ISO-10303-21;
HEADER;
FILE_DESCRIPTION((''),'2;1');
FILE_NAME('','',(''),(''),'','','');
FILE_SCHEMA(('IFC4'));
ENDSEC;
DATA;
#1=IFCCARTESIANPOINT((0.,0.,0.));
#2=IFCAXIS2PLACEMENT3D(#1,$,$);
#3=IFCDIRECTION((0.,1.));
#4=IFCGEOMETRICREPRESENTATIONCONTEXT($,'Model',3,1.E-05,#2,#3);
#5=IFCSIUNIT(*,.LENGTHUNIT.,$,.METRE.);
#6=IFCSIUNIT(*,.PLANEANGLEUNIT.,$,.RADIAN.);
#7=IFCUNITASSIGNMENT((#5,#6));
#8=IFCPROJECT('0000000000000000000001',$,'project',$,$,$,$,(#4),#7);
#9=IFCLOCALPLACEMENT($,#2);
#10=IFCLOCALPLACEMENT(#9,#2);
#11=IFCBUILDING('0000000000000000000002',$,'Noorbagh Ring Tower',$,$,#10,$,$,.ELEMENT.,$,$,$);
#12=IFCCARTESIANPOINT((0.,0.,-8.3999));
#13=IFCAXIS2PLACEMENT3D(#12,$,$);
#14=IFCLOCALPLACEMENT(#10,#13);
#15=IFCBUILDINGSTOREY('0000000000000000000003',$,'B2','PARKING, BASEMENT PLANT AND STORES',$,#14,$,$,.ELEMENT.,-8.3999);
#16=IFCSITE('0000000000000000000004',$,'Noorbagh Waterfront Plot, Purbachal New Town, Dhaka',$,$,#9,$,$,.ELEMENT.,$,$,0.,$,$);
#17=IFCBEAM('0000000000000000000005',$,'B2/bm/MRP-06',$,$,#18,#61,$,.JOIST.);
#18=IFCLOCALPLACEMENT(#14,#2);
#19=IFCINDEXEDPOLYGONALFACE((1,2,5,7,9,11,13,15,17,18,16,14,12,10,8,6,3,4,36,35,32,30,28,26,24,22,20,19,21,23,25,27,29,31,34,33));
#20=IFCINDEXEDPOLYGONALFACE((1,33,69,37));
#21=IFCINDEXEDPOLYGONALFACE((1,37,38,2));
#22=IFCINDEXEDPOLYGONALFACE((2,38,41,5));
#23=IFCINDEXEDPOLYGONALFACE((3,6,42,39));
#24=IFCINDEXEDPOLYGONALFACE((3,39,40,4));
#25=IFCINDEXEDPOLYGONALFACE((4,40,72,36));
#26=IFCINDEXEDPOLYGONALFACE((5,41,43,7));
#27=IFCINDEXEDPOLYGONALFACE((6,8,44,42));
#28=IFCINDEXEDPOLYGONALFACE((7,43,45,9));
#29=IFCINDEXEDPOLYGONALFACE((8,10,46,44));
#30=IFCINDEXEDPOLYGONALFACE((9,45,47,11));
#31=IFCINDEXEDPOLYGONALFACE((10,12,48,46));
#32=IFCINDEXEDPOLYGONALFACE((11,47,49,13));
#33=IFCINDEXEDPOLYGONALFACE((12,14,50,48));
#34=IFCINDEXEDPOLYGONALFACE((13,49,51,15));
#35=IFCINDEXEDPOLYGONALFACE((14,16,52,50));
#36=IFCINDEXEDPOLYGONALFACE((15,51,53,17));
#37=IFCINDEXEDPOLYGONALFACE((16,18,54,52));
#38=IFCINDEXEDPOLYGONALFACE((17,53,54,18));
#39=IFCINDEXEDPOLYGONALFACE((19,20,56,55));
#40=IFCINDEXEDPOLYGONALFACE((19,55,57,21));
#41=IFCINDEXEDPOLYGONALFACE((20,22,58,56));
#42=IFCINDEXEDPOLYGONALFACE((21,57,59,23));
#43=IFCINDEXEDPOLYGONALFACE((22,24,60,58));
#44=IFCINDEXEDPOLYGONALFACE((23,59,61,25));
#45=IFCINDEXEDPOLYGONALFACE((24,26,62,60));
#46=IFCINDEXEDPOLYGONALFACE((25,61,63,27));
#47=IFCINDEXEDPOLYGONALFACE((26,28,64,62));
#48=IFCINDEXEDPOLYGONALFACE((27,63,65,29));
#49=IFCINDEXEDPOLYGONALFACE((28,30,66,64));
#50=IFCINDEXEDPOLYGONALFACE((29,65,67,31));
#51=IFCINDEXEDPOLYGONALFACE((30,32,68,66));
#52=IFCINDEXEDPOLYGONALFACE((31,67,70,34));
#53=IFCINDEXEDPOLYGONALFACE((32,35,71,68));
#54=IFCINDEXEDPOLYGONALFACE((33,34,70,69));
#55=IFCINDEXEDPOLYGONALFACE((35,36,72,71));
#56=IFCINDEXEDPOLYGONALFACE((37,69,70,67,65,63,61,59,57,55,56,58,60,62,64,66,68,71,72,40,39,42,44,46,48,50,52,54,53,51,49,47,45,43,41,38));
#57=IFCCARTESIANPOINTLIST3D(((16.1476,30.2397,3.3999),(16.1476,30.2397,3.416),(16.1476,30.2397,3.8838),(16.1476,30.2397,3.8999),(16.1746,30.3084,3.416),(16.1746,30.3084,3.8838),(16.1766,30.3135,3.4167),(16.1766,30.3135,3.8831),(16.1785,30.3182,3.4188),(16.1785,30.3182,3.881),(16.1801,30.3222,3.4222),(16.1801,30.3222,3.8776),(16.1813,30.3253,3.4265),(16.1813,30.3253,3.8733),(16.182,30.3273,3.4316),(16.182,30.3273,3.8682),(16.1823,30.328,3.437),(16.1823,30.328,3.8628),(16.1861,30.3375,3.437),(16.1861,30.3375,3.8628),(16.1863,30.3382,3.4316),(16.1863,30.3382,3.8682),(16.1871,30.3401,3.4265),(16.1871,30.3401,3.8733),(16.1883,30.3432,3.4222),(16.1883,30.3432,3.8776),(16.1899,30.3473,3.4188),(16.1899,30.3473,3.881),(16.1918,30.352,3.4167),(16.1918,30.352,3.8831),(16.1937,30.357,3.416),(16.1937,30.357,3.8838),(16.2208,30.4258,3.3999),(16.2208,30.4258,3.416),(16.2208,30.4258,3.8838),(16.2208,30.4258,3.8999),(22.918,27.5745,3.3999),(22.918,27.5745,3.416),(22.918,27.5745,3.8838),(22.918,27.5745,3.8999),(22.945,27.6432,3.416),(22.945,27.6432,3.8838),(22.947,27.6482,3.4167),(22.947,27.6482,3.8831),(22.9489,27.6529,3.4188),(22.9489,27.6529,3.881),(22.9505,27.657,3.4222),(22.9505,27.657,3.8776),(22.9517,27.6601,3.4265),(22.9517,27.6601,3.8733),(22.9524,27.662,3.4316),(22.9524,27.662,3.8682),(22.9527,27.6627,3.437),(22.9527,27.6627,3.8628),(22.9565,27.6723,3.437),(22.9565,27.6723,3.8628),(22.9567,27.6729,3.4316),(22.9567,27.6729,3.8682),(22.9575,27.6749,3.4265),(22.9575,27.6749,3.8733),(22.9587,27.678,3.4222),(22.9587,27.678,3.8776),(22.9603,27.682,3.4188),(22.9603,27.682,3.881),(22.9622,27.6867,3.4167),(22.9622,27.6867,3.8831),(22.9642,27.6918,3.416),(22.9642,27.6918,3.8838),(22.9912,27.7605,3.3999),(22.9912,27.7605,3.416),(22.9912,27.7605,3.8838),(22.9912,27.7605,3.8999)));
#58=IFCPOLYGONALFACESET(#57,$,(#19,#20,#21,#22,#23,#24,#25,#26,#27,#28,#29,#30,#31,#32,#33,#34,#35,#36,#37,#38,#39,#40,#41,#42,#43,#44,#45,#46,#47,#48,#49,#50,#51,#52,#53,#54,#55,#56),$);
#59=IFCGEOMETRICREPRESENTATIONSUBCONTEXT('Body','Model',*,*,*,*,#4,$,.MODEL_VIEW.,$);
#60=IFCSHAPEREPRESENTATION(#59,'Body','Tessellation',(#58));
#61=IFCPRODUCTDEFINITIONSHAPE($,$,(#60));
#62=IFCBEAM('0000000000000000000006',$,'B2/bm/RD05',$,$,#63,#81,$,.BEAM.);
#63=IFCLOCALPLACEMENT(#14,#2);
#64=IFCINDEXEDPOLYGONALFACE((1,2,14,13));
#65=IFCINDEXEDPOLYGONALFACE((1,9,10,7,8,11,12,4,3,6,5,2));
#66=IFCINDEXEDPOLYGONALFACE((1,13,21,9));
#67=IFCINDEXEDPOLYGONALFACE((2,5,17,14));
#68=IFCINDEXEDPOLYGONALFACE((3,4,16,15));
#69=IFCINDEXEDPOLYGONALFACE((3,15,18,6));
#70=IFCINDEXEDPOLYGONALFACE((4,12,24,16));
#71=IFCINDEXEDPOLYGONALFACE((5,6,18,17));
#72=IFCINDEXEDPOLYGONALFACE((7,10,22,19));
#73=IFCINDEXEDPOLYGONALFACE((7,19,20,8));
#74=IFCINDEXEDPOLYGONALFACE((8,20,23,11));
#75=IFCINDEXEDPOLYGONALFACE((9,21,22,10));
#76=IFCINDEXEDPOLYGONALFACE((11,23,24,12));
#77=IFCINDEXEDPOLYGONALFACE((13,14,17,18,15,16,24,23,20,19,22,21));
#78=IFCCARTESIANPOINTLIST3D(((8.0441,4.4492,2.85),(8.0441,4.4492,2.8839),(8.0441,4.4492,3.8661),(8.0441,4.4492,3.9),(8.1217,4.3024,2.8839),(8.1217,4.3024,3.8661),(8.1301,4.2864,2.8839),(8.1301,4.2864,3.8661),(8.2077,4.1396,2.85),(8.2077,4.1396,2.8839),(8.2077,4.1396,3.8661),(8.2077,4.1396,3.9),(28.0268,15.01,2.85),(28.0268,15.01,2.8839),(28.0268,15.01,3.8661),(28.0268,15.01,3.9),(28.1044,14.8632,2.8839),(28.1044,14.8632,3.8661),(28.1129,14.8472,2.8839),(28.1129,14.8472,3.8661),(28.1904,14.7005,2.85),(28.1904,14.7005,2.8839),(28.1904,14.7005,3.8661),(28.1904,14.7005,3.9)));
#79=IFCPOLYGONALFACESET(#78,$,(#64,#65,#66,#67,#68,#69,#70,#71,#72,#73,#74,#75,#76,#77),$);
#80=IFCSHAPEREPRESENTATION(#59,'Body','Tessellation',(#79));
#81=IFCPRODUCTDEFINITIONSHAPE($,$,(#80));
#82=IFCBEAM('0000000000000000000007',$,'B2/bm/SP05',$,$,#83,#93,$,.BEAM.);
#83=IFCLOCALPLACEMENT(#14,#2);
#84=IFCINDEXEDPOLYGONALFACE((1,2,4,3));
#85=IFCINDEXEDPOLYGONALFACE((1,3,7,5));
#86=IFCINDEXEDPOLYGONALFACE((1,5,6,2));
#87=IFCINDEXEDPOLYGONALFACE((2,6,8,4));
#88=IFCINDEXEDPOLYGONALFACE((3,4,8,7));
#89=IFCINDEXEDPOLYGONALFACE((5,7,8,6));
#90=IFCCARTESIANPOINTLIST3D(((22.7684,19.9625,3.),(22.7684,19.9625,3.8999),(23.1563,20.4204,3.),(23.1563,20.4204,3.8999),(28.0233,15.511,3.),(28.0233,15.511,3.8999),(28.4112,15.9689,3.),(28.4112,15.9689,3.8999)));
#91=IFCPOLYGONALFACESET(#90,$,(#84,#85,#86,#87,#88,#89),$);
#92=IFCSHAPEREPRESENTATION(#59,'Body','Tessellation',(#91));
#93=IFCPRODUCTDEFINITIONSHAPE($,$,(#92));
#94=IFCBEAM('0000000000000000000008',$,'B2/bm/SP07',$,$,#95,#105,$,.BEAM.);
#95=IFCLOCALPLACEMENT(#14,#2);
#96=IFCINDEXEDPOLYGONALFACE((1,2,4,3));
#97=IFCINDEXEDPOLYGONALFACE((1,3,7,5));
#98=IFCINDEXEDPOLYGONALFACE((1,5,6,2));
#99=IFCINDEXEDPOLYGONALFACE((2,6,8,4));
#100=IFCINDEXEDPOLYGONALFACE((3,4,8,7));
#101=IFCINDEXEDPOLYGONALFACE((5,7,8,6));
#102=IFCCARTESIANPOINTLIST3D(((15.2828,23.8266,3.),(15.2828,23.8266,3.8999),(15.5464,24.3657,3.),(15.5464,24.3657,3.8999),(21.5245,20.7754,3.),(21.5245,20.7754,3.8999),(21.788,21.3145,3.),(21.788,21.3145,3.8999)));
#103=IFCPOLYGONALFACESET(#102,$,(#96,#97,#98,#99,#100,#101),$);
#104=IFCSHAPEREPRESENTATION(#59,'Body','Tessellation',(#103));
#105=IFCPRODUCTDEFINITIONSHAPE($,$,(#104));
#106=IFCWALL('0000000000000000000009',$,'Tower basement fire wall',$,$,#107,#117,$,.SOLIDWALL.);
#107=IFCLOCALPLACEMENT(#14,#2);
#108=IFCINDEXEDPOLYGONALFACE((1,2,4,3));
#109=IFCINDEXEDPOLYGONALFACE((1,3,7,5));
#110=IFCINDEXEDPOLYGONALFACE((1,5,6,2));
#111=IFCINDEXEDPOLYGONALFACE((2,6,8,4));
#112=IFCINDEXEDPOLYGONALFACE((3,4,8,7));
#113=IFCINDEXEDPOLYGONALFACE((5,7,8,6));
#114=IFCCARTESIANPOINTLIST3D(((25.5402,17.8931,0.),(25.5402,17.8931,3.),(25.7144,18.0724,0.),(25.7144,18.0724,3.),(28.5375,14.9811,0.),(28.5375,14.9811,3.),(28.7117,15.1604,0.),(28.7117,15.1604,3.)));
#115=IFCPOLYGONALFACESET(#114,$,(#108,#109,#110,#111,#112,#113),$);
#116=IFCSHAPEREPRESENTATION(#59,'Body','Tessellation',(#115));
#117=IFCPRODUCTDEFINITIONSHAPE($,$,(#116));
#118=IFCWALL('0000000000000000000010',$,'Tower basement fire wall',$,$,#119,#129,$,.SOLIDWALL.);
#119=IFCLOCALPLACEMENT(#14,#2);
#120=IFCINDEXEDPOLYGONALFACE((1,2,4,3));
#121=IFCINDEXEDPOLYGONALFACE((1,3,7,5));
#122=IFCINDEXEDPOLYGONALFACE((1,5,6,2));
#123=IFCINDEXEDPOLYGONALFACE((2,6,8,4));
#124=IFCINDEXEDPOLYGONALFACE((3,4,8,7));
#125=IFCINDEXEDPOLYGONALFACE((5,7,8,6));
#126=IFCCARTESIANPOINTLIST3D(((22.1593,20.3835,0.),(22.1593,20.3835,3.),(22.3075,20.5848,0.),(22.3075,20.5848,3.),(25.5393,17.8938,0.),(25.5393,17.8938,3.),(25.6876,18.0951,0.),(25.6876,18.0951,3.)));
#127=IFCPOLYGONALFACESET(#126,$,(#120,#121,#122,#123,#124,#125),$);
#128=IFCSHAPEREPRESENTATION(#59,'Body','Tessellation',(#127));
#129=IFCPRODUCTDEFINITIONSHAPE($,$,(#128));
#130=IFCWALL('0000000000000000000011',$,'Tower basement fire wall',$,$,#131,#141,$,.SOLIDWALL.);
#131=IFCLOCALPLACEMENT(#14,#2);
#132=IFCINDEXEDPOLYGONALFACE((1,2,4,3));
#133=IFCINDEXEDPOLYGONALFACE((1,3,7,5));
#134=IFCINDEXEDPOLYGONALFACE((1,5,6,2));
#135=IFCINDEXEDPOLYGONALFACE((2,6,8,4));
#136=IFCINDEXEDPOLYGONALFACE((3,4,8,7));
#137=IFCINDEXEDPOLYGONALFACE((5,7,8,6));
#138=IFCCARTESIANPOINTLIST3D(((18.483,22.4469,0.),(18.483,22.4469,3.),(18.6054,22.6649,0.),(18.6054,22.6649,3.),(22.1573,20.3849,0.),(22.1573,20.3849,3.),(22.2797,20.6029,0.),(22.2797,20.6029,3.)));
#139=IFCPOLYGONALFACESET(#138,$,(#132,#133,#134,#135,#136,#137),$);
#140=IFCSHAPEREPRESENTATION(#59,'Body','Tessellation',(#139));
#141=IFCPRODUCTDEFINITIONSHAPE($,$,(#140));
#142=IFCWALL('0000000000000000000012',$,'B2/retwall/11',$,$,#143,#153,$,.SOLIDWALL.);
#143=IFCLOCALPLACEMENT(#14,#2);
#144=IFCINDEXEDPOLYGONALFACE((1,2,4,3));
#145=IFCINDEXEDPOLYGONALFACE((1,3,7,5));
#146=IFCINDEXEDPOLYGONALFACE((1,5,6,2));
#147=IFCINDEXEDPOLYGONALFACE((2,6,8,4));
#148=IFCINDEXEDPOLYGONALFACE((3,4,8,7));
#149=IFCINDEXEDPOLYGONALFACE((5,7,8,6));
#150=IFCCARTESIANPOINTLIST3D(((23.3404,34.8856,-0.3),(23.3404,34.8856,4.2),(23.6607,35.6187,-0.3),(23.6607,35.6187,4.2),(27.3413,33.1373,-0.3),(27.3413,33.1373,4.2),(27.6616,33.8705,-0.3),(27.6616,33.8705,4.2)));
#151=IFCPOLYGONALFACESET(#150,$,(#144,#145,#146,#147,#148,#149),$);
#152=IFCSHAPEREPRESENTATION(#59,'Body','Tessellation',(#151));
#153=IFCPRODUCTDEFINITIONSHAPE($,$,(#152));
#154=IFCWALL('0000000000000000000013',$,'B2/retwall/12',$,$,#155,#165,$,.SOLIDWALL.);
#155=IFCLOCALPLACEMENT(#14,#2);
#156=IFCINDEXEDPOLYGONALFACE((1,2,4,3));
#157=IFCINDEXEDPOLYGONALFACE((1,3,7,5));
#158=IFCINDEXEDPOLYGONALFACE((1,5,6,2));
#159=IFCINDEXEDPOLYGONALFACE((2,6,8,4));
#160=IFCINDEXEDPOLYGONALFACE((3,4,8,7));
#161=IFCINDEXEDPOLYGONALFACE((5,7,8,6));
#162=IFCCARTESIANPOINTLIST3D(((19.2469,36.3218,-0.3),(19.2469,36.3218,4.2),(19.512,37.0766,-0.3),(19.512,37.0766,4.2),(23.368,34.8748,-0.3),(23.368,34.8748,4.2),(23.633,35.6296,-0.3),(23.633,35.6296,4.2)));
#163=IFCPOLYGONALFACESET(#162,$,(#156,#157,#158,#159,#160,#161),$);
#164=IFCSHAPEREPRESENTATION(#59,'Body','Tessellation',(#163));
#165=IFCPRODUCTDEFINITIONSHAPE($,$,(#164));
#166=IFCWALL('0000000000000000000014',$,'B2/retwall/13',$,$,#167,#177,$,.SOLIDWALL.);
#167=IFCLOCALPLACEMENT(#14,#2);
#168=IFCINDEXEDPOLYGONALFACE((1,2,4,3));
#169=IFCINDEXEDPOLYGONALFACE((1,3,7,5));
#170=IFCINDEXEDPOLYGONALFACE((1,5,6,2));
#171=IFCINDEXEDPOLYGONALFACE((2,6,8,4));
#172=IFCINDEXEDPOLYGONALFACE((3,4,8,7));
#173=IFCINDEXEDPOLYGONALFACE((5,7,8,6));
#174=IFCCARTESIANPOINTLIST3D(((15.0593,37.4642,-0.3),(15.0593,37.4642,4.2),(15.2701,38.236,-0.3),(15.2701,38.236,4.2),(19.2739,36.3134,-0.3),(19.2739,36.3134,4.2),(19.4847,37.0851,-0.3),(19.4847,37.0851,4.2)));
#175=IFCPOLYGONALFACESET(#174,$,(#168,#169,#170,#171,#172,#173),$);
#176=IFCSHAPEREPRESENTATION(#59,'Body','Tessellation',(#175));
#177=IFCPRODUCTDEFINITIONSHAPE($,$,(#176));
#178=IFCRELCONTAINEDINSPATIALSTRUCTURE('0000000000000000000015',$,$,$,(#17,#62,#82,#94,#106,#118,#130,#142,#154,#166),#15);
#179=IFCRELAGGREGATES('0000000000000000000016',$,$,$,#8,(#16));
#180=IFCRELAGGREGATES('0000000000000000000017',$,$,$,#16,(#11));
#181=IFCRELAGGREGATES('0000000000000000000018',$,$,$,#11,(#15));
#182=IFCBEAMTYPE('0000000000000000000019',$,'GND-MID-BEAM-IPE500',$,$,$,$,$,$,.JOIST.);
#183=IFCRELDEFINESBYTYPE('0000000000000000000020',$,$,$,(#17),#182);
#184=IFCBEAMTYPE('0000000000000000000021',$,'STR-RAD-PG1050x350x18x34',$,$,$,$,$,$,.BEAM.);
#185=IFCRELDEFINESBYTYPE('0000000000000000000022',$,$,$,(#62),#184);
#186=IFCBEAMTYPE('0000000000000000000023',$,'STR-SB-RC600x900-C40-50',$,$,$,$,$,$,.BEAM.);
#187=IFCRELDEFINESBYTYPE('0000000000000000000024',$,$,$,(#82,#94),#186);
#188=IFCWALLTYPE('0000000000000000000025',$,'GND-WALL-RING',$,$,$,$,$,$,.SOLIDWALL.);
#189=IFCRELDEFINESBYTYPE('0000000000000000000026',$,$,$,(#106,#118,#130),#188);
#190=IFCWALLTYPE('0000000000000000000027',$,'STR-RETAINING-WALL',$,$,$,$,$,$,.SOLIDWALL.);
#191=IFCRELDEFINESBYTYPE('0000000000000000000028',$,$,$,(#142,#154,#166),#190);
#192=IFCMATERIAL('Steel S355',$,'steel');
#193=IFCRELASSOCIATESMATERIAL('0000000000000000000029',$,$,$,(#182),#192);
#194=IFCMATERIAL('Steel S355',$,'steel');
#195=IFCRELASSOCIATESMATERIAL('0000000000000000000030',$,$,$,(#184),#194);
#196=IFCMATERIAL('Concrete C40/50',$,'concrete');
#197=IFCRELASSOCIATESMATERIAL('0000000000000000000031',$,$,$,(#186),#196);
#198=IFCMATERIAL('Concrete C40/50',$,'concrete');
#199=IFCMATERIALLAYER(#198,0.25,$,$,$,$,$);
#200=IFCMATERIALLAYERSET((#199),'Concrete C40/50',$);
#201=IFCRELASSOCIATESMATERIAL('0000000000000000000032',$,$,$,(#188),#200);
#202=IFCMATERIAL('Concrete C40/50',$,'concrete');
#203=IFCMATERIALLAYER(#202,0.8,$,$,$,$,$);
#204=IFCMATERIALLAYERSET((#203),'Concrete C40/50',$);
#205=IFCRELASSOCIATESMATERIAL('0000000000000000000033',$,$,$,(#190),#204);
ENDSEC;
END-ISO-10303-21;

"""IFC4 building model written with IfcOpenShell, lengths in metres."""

from ifc_helpers import new_model, si_unit, direction, frame, frame_2d, origin, origin_2d, place, context, subcontext, project, spatial, rectangle, i_section, extrude, material, layer, layer_set, material_profile, profile_set, type_object, element, save


model = new_model("IFC4")

# Units and contexts
model_context = context("Model", 3, precision=1e-05, world=origin(), true_north=direction((0.0, 1.0)))
body_context = subcontext(model_context, "Body", "Model", "MODEL_VIEW")
ifc_project = project(units=[si_unit("LENGTHUNIT", "METRE"), si_unit("PLANEANGLEUNIT", "RADIAN")], contexts=[model_context])

# Site, building, storey
site_placement = place(None, origin())
site = spatial("IfcSite", under=ifc_project, at=site_placement, Name="Noorbagh Waterfront Plot, Purbachal New Town, Dhaka", CompositionType="ELEMENT", RefElevation=0.0)
building_placement = place(site_placement, origin())
building = spatial("IfcBuilding", under=site, at=building_placement, Name="Noorbagh Ring Tower", CompositionType="ELEMENT")
storey_placement = place(building_placement, frame((0.0, 0.0, -8.3999)))
storey = spatial("IfcBuildingStorey", under=building, at=storey_placement, Name="B2", Description="PARKING, BASEMENT PLANT AND STORES", CompositionType="ELEMENT", Elevation=-8.3999)

# Beams
ifc_material_1 = material(Name="Steel S355", Category="steel")
ifc_material_profile_1 = material_profile(ifc_material_1, i_section(OverallWidth=0.2, OverallDepth=0.5, WebThickness=0.0103, FlangeThickness=0.0161, FilletRadius=0.021, at=origin_2d()), Name="IPE500")
ifc_profile_set_1 = profile_set([ifc_material_profile_1], Name="Steel S355")
beam_type_1 = type_object("IfcBeamType", Name="GND-MID-BEAM-IPE500", PredefinedType="JOIST", material=ifc_profile_set_1)
beam_1_placement = place(storey_placement, frame((22.9546, 27.6675, 3.6499), z_axis=(-0.930497, 0.3663, 0.0), x_axis=(-0.3663, -0.930497, 0.0)))
element("IfcBeam", 1, at=beam_1_placement, inside=storey, type_object=beam_type_1, Name="B2/bm/MRP-06", PredefinedType="JOIST", context=body_context, shape_type="SweptSolid", body=[
    extrude(i_section(OverallWidth=0.2, OverallDepth=0.5, WebThickness=0.0103, FlangeThickness=0.0161, FilletRadius=0.021, at=origin_2d()), origin(), (0.0, 0.0, 1.0), 7.2761),
])
ifc_material_2 = material(Name="Steel S355", Category="steel")
ifc_material_profile_2 = material_profile(ifc_material_2, i_section(OverallWidth=0.3501, OverallDepth=1.05, WebThickness=0.0181, FlangeThickness=0.0339, at=origin_2d()), Name="PG1050x350x18x34")
ifc_profile_set_2 = profile_set([ifc_material_profile_2], Name="Steel S355")
beam_type_2 = type_object("IfcBeamType", Name="STR-RAD-PG1050x350x18x34", PredefinedType="BEAM", material=ifc_profile_set_2)
beam_2_placement = place(storey_placement, frame((28.1086, 14.8552, 3.375), z_axis=(-0.884122, -0.467256, 0.0), x_axis=(0.467256, -0.884122, 0.0)))
element("IfcBeam", 2, at=beam_2_placement, inside=storey, type_object=beam_type_2, Name="B2/bm/RD05", PredefinedType="BEAM", context=body_context, shape_type="SweptSolid", body=[
    extrude(i_section(OverallWidth=0.3501, OverallDepth=1.05, WebThickness=0.0181, FlangeThickness=0.0339, at=origin_2d()), origin(), (0.0, 0.0, 1.0), 22.6018),
])
ifc_material_3 = material(Name="Concrete C40/50", Category="concrete")
ifc_material_profile_3 = material_profile(ifc_material_3, rectangle(XDim=0.6001, YDim=0.8999, at=origin_2d()), Name="RC600x900")
ifc_profile_set_3 = profile_set([ifc_material_profile_3], Name="Concrete C40/50")
beam_type_3 = type_object("IfcBeamType", Name="STR-SB-RC600x900-C40-50", PredefinedType="BEAM", material=ifc_profile_set_3)
beam_3_placement = place(storey_placement, frame((28.2173, 15.74, 3.45), z_axis=(-0.76303, 0.646363, 0.0), x_axis=(-0.646363, -0.76303, 0.0)))
element("IfcBeam", 3, at=beam_3_placement, inside=storey, type_object=beam_type_3, Name="B2/bm/SP05", PredefinedType="BEAM", context=body_context, shape_type="SweptSolid", body=[
    extrude(rectangle(XDim=0.6001, YDim=0.8999, at=origin_2d()), origin(), (0.0, 0.0, 1.0), 6.887),
])
beam_4_placement = place(storey_placement, frame((21.6562, 21.0449, 3.45), z_axis=(-0.898397, 0.439184, 0.0), x_axis=(-0.439184, -0.898397, 0.0)))
element("IfcBeam", 4, at=beam_4_placement, inside=storey, type_object=beam_type_3, Name="B2/bm/SP07", PredefinedType="BEAM", context=body_context, shape_type="SweptSolid", body=[
    extrude(rectangle(XDim=0.6001, YDim=0.8999, at=origin_2d()), origin(), (0.0, 0.0, 1.0), 6.9475),
])

# Walls
ifc_material_4 = material(Name="Concrete C40/50", Category="concrete")
ifc_layer_1 = layer(ifc_material_4, 0.25)
ifc_layer_set_1 = layer_set([ifc_layer_1], Name="Concrete C40/50")
wall_type_1 = type_object("IfcWallType", Name="GND-WALL-RING", PredefinedType="SOLIDWALL", material=ifc_layer_set_1)
wall_1_placement = place(storey_placement, frame((28.6245, 15.0708, 0.0), z_axis=(0.0, 0.0, 1.0), x_axis=(-0.717228, 0.696839, 0.0)))
element("IfcWall", 5, at=wall_1_placement, inside=storey, type_object=wall_type_1, Name="Tower basement fire wall", PredefinedType="SOLIDWALL", context=body_context, shape_type="SweptSolid", body=[
    extrude(rectangle(XDim=4.179, YDim=0.25, at=frame_2d((2.0894, 0.0))), origin(), (0.0, 0.0, 1.0), 3.0),
])
wall_2_placement = place(storey_placement, frame((25.6135, 17.9944, 0.0), z_axis=(0.0, 0.0, 1.0), x_axis=(-0.805155, 0.593064, 0.0)))
element("IfcWall", 6, at=wall_2_placement, inside=storey, type_object=wall_type_1, Name="Tower basement fire wall", PredefinedType="SOLIDWALL", context=body_context, shape_type="SweptSolid", body=[
    extrude(rectangle(XDim=4.198, YDim=0.25, at=frame_2d((2.0991, 0.0))), origin(), (0.0, 0.0, 1.0), 3.0),
])
wall_3_placement = place(storey_placement, frame((22.2185, 20.4939, 0.0), z_axis=(0.0, 0.0, 1.0), x_axis=(-0.872061, 0.489397, 0.0)))
element("IfcWall", 7, at=wall_3_placement, inside=storey, type_object=wall_type_1, Name="Tower basement fire wall", PredefinedType="SOLIDWALL", context=body_context, shape_type="SweptSolid", body=[
    extrude(rectangle(XDim=4.2134, YDim=0.25, at=frame_2d((2.1067, 0.0))), origin(), (0.0, 0.0, 1.0), 3.0),
])
ifc_material_5 = material(Name="Concrete C40/50", Category="concrete")
ifc_layer_2 = layer(ifc_material_5, 0.8)
ifc_layer_set_2 = layer_set([ifc_layer_2], Name="Concrete C40/50")
wall_type_2 = type_object("IfcWallType", Name="STR-RETAINING-WALL", PredefinedType="SOLIDWALL", material=ifc_layer_set_2)
wall_4_placement = place(storey_placement, frame((27.5015, 33.5039, -0.3), z_axis=(0.0, 0.0, 1.0), x_axis=(-0.916337, 0.400408, 0.0)))
element("IfcWall", 8, at=wall_4_placement, inside=storey, type_object=wall_type_2, Name="B2/retwall/11", PredefinedType="SOLIDWALL", context=body_context, shape_type="SweptSolid", body=[
    extrude(rectangle(XDim=4.3662, YDim=0.8, at=frame_2d((2.1831, 0.0))), origin(), (0.0, 0.0, 1.0), 4.5),
])
wall_5_placement = place(storey_placement, frame((23.5005, 35.2522, -0.3), z_axis=(0.0, 0.0, 1.0), x_axis=(-0.943527, 0.331296, 0.0)))
element("IfcWall", 9, at=wall_5_placement, inside=storey, type_object=wall_type_2, Name="B2/retwall/12", PredefinedType="SOLIDWALL", context=body_context, shape_type="SweptSolid", body=[
    extrude(rectangle(XDim=4.3677, YDim=0.8, at=frame_2d((2.1838, 0.0))), origin(), (0.0, 0.0, 1.0), 4.5),
])
wall_6_placement = place(storey_placement, frame((19.3794, 36.6992, -0.3), z_axis=(0.0, 0.0, 1.0), x_axis=(-0.96468, 0.263425, 0.0)))
element("IfcWall", 10, at=wall_6_placement, inside=storey, type_object=wall_type_2, Name="B2/retwall/13", PredefinedType="SOLIDWALL", context=body_context, shape_type="SweptSolid", body=[
    extrude(rectangle(XDim=4.3689, YDim=0.8, at=frame_2d((2.1846, 0.0))), origin(), (0.0, 0.0, 1.0), 4.5),
])

save(model, "model.ifc")
